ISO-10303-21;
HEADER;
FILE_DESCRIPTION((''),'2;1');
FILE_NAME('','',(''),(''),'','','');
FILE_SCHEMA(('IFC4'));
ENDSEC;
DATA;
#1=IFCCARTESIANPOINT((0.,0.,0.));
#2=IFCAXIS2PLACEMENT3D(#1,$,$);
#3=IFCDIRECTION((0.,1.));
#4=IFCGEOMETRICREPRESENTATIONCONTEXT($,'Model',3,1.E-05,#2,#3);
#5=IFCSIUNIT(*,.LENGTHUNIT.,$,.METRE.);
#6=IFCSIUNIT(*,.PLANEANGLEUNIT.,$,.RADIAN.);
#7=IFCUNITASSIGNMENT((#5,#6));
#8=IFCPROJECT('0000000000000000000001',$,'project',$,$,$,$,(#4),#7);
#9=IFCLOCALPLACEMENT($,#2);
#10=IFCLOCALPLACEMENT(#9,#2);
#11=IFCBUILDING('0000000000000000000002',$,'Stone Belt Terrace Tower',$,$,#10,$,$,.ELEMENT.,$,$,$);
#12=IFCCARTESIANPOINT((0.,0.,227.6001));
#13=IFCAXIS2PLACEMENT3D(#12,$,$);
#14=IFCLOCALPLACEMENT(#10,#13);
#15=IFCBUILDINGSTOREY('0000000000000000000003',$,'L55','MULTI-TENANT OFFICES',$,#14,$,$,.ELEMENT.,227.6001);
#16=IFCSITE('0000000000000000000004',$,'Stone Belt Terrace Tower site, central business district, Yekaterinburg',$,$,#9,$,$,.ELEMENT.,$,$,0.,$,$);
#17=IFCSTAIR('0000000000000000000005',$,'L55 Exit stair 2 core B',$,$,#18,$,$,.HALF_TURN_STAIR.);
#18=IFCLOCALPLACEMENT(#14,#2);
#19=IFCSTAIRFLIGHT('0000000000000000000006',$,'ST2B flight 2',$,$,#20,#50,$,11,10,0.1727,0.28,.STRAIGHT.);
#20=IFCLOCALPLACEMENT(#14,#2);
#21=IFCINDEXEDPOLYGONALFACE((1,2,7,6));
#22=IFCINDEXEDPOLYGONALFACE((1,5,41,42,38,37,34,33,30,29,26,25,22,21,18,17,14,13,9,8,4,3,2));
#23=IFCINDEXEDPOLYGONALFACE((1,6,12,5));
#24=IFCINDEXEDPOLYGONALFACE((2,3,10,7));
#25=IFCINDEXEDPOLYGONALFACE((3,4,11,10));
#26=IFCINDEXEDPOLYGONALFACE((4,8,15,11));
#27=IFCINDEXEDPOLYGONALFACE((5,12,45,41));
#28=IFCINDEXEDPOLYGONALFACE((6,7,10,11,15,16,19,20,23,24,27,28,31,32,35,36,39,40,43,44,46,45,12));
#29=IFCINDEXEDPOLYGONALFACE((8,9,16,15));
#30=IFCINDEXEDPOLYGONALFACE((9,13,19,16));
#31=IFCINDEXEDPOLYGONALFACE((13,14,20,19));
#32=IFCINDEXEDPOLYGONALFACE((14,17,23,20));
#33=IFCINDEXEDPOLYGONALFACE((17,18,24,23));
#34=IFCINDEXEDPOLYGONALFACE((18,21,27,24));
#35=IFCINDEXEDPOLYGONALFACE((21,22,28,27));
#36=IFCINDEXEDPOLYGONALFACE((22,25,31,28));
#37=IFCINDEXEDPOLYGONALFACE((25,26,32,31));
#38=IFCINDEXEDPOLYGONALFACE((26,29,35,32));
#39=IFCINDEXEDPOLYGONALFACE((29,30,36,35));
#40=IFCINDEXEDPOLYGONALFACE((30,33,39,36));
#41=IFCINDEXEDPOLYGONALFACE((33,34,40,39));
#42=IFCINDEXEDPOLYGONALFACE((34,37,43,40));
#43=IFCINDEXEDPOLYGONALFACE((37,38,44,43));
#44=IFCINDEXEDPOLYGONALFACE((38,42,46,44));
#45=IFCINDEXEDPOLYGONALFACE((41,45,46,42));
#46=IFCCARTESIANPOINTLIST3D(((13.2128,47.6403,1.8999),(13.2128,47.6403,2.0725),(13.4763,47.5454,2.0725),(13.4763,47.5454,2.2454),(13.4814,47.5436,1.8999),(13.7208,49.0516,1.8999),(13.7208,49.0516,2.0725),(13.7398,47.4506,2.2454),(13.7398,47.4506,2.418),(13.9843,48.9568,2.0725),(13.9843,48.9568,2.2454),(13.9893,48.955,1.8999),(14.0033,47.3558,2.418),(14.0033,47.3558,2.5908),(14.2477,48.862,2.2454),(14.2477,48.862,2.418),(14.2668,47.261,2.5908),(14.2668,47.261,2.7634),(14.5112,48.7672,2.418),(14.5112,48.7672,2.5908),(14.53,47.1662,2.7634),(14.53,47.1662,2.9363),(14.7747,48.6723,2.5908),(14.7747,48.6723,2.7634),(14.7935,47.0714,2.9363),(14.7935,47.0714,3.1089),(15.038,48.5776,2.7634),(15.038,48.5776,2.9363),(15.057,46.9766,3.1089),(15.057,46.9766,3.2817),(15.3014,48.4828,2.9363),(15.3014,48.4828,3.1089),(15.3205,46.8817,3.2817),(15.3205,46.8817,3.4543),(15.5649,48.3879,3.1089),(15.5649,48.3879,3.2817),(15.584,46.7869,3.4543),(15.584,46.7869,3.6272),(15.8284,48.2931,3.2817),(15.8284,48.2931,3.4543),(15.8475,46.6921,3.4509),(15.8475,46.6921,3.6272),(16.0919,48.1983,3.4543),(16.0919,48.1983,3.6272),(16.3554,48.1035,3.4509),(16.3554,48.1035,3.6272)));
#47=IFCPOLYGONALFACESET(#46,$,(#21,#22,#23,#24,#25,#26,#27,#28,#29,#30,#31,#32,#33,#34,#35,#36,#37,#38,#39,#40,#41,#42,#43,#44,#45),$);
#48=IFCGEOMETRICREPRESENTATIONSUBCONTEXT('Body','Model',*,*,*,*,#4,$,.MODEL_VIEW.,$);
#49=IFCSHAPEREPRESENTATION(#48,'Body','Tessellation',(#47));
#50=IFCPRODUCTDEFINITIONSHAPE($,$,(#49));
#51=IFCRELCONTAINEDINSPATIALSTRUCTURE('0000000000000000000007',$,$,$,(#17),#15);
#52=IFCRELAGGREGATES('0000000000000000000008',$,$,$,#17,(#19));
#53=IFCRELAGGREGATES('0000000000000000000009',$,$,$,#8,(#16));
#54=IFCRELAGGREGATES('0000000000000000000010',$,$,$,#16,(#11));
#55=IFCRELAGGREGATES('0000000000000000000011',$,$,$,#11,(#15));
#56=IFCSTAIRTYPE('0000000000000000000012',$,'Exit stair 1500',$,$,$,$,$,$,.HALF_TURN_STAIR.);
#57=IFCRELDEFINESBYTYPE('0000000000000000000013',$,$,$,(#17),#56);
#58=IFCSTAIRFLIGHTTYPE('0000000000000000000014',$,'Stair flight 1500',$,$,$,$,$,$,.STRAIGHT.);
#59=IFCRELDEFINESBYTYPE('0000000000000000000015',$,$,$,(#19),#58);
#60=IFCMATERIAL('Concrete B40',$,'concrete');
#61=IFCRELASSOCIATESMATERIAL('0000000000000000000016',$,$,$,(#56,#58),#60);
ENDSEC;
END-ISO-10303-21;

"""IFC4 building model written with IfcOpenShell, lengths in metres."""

from ifc_helpers import new_model, si_unit, direction, frame, origin, place, context, subcontext, project, spatial, polyline, outline, extrude, material, type_object, element, aggregate, save


model = new_model("IFC4")

# Units and contexts
model_context = context("Model", 3, precision=1e-05, world=origin(), true_north=direction((0.0, 1.0)))
body_context = subcontext(model_context, "Body", "Model", "MODEL_VIEW")
ifc_project = project(units=[si_unit("LENGTHUNIT", "METRE"), si_unit("PLANEANGLEUNIT", "RADIAN")], contexts=[model_context])

# Site, building, storey
site_placement = place(None, origin())
site = spatial("IfcSite", under=ifc_project, at=site_placement, Name="Stone Belt Terrace Tower site, central business district, Yekaterinburg", CompositionType="ELEMENT", RefElevation=0.0)
building_placement = place(site_placement, origin())
building = spatial("IfcBuilding", under=site, at=building_placement, Name="Stone Belt Terrace Tower", CompositionType="ELEMENT")
storey_placement = place(building_placement, frame((0.0, 0.0, 227.6001)))
storey = spatial("IfcBuildingStorey", under=building, at=storey_placement, Name="L55", Description="MULTI-TENANT OFFICES", CompositionType="ELEMENT", Elevation=227.6001)

# Stair, stair flight
ifc_material_1 = material(Name="Concrete B40", Category="concrete")
stair_type = type_object("IfcStairType", Name="Exit stair 1500", PredefinedType="HALF_TURN_STAIR", material=ifc_material_1)
stair_placement = place(storey_placement, origin())
stair = element("IfcStair", 1, at=stair_placement, inside=storey, type_object=stair_type, Name="L55 Exit stair 2 core B", PredefinedType="HALF_TURN_STAIR")
stair_flight_type = type_object("IfcStairFlightType", Name="Stair flight 1500", PredefinedType="STRAIGHT", material=ifc_material_1)
stair_flight_1_placement = place(storey_placement, frame((13.4668, 48.3459, 1.8999), z_axis=(0.0, 0.0, 1.0), x_axis=(0.940922, -0.338624, 0.0)))
stair_flight_1 = element("IfcStairFlight", 2, at=stair_flight_1_placement, type_object=stair_flight_type, Name="ST2B flight 2", NumberOfRisers=11, NumberOfTreads=10, PredefinedType="STRAIGHT", RiserHeight=0.1727, TreadLength=0.28, context=body_context, shape_type="SweptSolid", body=[
    extrude(outline(polyline([(0.0, 0.0), (0.0, 0.1726), (0.28, 0.1726), (0.28, 0.3455), (0.5601, 0.3455), (0.5601, 0.5181), (0.8401, 0.5181), (0.8401, 0.6909), (1.1201, 0.6909), (1.1201, 0.8635), (1.3999, 0.8635), (1.3999, 1.0364), (1.6799, 1.0364), (1.6799, 1.209), (1.96, 1.209), (1.96, 1.3818), (2.24, 1.3818), (2.24, 1.5544), (2.52, 1.5544), (2.52, 1.7273), (2.8, 1.7273), (2.8, 1.8999), (2.8, 1.551), (0.2854, 0.0), (0.0, 0.0)])), frame((0.0, 0.75, 0.0), z_axis=(0.0, -1.0, 0.0), x_axis=(1.0, 0.0, 0.0)), (0.0, 0.0, 1.0), 1.5),
])
aggregate(stair, [stair_flight_1])

save(model, "model.ifc")
